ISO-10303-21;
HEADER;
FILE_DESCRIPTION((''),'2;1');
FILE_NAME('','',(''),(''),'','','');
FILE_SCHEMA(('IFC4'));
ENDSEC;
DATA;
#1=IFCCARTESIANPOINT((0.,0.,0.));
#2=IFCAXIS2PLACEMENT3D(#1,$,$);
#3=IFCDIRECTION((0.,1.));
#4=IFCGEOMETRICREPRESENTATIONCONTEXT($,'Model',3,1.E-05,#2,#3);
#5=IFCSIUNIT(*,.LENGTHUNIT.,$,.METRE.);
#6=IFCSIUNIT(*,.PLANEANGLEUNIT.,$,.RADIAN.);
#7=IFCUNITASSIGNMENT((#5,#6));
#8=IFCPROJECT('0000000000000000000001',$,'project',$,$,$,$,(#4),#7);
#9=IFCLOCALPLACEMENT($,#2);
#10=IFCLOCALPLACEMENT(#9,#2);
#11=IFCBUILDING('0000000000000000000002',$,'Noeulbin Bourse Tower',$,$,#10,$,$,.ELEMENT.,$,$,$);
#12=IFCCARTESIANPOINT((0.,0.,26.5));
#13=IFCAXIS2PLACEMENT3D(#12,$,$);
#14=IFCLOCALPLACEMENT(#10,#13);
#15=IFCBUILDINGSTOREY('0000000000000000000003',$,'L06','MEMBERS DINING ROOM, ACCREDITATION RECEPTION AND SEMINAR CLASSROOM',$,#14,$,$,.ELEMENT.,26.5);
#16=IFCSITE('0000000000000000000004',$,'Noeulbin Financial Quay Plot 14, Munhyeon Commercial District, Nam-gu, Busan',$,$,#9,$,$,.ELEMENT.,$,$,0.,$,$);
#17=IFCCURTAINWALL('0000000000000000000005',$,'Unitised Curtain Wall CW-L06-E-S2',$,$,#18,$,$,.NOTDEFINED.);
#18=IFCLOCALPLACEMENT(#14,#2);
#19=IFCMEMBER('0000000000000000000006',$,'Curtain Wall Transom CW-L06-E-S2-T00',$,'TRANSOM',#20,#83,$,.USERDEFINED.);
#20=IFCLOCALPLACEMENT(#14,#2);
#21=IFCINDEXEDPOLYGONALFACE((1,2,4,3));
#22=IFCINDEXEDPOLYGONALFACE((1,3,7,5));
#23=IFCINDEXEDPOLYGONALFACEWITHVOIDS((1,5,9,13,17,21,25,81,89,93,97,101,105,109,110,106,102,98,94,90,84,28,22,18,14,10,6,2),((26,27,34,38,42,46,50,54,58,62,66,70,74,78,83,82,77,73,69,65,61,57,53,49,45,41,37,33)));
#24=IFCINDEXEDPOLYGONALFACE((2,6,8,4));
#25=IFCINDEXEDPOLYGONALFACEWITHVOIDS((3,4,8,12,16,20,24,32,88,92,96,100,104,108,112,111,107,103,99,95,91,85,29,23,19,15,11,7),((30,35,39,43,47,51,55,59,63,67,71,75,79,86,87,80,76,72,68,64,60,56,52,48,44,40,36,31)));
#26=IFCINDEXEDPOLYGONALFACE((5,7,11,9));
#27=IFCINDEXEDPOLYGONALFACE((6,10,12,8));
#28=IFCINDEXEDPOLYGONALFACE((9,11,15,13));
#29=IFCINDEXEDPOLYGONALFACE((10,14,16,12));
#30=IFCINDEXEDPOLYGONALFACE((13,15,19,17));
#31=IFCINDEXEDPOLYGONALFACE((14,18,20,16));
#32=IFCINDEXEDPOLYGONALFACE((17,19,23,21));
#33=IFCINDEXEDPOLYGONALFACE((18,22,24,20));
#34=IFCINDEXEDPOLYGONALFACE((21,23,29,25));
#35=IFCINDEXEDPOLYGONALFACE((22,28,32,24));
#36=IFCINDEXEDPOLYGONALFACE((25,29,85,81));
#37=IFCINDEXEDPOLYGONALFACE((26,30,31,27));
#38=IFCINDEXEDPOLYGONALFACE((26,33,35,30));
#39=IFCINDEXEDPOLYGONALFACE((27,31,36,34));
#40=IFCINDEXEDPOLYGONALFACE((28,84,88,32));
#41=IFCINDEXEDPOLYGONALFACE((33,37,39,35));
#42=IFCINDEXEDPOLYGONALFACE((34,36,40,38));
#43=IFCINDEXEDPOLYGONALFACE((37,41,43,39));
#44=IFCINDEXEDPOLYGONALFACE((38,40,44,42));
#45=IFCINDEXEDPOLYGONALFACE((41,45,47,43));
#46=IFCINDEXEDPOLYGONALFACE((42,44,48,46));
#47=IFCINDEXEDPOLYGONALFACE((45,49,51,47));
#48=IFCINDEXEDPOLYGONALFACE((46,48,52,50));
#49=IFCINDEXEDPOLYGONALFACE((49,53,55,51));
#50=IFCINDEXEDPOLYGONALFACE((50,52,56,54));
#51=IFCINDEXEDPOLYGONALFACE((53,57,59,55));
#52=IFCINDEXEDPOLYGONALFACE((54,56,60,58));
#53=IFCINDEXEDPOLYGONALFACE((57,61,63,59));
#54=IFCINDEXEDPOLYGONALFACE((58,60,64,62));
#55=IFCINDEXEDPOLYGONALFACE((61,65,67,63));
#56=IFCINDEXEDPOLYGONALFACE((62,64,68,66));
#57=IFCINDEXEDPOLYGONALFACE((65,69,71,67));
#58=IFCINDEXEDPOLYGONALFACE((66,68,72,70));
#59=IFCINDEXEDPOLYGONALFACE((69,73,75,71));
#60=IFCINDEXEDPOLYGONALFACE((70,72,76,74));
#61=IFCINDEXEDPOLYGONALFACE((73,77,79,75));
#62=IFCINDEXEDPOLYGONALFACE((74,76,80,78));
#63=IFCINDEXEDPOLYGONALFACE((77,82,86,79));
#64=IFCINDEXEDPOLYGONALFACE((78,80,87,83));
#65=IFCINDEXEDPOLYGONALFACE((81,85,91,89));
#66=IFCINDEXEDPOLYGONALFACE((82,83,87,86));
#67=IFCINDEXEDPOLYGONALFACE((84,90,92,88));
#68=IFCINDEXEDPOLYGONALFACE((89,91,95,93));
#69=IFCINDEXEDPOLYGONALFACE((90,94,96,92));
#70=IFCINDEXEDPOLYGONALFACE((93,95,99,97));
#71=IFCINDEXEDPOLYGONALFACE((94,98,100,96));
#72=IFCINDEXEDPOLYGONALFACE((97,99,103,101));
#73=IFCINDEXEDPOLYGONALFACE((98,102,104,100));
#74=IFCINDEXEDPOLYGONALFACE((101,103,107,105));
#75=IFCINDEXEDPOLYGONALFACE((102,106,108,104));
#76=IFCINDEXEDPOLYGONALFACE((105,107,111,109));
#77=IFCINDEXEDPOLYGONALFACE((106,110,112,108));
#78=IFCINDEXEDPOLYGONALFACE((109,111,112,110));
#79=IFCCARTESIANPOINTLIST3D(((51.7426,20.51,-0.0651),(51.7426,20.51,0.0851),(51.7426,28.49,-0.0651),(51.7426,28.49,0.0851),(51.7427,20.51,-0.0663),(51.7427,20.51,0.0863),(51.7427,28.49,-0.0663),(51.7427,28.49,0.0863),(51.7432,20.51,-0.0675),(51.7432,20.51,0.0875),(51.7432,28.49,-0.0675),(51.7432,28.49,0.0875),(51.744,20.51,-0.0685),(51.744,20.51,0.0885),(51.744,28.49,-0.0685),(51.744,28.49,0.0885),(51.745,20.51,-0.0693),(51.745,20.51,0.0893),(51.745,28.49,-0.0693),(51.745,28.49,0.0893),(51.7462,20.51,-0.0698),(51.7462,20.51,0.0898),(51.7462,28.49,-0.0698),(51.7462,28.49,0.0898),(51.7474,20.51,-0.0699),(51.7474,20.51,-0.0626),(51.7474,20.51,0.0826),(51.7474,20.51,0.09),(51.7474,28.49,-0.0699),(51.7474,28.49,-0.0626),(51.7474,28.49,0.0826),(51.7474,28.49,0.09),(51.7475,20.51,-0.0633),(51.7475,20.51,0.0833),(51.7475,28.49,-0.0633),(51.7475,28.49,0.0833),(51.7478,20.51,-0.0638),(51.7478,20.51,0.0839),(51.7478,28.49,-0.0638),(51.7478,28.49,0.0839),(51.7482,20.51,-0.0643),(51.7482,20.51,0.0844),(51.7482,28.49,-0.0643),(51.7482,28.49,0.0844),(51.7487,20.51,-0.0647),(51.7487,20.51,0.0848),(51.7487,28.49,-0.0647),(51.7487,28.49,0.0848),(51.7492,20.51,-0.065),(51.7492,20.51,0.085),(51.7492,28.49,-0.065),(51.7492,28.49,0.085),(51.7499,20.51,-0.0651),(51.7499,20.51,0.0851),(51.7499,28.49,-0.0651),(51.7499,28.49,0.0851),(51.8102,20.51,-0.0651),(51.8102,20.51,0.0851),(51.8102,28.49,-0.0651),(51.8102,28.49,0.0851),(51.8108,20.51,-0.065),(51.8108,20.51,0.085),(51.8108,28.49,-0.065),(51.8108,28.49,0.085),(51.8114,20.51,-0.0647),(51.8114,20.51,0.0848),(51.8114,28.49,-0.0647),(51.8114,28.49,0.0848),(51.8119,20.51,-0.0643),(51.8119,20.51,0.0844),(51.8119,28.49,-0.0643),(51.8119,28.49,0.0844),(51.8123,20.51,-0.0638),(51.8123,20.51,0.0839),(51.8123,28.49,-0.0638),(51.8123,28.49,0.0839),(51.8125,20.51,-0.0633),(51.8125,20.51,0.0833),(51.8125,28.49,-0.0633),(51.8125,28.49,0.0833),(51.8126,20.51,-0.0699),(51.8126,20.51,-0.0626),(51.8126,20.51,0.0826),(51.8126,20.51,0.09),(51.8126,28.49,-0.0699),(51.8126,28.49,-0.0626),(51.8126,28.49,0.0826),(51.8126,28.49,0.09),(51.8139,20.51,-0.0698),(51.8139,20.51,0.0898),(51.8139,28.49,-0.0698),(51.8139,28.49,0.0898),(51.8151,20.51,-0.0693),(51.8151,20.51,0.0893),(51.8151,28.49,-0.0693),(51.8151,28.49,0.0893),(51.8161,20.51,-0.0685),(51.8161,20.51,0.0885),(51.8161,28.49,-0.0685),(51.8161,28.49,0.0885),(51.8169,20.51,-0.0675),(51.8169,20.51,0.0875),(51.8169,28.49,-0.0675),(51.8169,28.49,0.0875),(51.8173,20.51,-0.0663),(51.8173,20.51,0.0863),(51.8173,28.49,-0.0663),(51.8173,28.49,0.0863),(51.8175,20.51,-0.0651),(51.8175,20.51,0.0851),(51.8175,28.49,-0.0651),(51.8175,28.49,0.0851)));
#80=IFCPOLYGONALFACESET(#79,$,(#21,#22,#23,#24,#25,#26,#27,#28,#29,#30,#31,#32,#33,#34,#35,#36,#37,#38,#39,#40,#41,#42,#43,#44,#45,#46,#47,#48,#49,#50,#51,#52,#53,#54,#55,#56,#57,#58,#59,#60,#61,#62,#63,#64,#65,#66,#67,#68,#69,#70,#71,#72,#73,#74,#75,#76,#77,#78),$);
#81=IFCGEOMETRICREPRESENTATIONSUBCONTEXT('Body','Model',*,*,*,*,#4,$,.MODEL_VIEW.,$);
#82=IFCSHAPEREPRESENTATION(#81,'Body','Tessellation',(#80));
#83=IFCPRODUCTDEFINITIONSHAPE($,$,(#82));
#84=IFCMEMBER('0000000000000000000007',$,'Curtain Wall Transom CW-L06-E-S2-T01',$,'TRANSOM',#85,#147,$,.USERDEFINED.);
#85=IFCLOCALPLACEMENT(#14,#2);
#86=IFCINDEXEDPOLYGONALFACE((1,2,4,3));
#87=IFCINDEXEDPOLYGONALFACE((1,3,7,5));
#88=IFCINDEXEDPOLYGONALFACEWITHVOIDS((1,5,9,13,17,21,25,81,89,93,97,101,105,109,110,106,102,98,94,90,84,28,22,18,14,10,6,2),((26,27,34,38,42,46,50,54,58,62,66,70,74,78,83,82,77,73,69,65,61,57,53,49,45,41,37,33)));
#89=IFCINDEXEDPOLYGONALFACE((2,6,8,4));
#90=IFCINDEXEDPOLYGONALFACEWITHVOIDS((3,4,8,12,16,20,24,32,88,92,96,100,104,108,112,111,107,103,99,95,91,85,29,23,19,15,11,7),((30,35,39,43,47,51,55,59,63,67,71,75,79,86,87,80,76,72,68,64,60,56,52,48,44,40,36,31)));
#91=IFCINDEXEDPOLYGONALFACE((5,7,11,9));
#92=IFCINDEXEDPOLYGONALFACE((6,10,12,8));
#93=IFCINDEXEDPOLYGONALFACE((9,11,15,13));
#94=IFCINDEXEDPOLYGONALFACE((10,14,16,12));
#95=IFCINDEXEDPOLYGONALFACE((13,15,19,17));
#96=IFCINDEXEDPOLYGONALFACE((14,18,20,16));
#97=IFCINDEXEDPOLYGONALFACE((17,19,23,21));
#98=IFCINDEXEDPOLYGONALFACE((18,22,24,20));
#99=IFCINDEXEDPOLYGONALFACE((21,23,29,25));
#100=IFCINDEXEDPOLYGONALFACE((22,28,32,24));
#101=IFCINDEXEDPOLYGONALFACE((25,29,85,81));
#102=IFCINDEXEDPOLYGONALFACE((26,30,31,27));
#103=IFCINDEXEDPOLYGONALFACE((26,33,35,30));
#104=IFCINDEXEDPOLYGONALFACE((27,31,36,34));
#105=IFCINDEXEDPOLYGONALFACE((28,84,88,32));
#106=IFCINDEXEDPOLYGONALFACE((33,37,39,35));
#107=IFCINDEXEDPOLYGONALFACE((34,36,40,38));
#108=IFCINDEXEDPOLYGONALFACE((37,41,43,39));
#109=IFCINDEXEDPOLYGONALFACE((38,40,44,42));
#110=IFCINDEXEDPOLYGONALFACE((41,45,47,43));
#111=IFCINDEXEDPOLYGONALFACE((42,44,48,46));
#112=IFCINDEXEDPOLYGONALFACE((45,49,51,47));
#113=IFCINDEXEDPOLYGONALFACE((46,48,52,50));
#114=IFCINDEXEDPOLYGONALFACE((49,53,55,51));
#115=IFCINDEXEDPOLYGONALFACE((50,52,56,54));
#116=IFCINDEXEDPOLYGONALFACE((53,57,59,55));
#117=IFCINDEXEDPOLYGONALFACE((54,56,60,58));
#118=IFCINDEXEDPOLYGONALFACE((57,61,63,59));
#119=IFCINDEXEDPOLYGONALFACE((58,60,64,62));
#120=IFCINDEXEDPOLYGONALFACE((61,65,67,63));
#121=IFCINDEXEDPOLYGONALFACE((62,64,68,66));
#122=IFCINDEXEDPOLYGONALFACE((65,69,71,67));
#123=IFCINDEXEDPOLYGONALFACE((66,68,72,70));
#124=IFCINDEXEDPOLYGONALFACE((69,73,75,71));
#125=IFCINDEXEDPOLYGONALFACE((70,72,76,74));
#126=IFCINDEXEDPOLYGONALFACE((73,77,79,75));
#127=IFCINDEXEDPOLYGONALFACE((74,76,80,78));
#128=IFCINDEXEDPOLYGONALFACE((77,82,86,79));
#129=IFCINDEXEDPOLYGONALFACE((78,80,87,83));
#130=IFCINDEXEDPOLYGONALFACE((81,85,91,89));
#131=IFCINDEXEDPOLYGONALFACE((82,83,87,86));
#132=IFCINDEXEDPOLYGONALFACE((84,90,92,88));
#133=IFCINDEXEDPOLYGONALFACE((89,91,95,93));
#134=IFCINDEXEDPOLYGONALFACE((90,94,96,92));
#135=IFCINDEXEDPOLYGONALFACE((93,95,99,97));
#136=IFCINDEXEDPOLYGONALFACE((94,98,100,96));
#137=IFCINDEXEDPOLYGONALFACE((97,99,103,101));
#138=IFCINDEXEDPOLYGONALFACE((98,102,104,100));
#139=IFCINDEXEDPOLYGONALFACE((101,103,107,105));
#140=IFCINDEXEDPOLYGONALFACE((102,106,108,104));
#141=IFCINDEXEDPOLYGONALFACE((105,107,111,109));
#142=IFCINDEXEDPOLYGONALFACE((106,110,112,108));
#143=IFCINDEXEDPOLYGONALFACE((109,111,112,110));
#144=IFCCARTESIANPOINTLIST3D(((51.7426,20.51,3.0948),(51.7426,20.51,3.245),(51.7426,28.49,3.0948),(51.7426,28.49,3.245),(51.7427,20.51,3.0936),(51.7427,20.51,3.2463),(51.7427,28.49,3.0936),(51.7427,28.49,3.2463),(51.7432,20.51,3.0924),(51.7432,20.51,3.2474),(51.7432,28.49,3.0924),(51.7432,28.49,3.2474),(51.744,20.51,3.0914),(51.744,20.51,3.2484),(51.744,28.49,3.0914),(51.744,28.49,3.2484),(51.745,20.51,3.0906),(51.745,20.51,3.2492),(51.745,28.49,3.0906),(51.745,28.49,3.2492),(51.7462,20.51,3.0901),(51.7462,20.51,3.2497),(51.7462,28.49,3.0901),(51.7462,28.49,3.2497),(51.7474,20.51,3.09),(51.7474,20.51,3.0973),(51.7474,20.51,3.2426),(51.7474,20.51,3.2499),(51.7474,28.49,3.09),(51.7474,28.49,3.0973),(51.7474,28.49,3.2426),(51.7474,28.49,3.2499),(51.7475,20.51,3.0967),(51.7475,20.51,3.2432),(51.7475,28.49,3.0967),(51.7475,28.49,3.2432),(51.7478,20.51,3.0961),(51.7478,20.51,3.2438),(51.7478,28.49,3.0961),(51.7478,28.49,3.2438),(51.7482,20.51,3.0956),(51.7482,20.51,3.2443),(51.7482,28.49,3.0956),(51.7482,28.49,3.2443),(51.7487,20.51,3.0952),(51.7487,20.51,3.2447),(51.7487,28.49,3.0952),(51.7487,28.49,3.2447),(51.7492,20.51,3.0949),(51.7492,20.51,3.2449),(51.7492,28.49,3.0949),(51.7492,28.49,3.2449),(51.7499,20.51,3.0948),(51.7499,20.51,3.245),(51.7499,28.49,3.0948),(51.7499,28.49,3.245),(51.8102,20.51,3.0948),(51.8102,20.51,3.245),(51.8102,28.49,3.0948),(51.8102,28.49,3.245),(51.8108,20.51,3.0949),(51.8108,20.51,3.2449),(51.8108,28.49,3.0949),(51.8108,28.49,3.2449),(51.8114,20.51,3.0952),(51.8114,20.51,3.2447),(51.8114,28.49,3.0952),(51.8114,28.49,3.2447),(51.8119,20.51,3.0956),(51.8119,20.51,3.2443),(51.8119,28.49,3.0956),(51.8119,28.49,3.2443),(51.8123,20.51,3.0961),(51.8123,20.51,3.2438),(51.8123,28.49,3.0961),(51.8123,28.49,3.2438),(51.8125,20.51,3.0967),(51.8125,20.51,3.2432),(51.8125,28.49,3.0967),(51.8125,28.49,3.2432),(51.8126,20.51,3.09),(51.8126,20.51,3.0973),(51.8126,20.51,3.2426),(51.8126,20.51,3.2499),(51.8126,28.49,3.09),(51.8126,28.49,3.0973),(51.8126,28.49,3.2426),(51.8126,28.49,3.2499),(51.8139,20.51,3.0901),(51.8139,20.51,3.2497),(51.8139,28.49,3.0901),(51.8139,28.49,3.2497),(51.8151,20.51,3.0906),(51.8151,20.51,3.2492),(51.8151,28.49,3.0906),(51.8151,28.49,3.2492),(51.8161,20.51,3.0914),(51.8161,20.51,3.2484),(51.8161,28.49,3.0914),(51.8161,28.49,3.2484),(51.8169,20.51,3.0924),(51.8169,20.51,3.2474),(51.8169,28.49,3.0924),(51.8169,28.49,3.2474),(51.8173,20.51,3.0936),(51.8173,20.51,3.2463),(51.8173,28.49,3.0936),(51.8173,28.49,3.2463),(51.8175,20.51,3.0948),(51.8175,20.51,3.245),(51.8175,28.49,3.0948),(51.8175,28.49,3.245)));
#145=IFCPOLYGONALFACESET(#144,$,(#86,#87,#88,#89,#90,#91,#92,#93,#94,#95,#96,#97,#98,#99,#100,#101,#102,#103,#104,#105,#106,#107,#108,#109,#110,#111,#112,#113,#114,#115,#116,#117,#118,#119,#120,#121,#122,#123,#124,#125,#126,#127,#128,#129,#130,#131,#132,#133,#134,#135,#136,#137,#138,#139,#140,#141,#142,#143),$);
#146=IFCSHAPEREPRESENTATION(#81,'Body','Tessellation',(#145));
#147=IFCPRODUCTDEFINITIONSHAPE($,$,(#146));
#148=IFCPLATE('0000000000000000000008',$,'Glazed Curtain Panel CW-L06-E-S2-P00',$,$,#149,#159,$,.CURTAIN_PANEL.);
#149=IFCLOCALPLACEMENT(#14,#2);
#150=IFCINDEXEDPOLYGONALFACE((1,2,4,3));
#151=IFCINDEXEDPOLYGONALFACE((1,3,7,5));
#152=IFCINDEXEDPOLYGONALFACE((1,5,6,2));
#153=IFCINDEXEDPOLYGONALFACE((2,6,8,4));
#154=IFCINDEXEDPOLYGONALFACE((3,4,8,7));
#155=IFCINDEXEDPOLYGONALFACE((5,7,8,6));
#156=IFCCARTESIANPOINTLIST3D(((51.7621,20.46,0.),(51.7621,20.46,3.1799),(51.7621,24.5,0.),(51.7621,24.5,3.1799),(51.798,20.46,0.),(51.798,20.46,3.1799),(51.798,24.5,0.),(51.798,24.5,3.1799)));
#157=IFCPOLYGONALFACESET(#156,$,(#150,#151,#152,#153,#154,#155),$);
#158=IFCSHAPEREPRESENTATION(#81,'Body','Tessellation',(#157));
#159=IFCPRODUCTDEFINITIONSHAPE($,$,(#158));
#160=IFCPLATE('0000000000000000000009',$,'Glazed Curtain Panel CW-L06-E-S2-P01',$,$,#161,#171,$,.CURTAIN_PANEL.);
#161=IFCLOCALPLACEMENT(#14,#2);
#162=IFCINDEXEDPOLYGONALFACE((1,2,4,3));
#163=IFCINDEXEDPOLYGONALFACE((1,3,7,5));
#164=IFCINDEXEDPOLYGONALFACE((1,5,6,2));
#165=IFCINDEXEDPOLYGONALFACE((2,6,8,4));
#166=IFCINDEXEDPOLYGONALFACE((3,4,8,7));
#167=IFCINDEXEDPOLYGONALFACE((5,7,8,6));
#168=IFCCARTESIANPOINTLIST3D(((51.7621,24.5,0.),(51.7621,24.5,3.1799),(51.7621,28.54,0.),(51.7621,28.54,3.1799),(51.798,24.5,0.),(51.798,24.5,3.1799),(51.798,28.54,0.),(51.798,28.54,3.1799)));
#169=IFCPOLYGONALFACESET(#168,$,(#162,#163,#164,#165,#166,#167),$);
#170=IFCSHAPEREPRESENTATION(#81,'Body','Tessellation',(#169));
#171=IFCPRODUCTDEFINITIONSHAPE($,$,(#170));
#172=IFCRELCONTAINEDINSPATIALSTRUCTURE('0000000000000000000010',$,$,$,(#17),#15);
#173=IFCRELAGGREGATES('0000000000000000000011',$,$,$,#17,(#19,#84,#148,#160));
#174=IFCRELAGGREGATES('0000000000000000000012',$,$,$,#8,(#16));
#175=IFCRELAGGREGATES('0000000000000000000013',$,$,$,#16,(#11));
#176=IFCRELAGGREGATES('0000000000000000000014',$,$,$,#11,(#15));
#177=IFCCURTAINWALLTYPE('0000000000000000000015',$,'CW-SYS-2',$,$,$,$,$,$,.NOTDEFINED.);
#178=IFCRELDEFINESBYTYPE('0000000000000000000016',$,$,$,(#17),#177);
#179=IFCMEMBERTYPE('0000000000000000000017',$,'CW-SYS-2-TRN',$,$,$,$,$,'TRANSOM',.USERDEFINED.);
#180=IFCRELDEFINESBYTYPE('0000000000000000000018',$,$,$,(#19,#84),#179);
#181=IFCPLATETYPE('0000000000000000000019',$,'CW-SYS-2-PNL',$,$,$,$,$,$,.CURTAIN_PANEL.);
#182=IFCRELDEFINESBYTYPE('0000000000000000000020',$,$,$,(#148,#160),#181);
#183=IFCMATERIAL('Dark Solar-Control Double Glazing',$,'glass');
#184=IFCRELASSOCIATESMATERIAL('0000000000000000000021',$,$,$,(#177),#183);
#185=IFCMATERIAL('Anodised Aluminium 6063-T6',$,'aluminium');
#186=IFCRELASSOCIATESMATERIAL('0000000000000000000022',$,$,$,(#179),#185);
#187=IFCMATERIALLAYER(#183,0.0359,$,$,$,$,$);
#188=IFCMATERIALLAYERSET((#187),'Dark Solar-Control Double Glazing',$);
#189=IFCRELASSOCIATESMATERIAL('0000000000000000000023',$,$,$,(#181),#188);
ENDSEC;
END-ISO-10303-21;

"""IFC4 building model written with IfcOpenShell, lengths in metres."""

from ifc_helpers import new_model, si_unit, direction, frame, origin, origin_2d, place, context, subcontext, project, spatial, rectangle, hollow_rectangle, extrude, material, layer, layer_set, material_profile, profile_set, type_object, element, aggregate, save


model = new_model("IFC4")

# Units and contexts
model_context = context("Model", 3, precision=1e-05, world=origin(), true_north=direction((0.0, 1.0)))
body_context = subcontext(model_context, "Body", "Model", "MODEL_VIEW")
ifc_project = project(units=[si_unit("LENGTHUNIT", "METRE"), si_unit("PLANEANGLEUNIT", "RADIAN")], contexts=[model_context])

# Site, building, storey
site_placement = place(None, origin())
site = spatial("IfcSite", under=ifc_project, at=site_placement, Name="Noeulbin Financial Quay Plot 14, Munhyeon Commercial District, Nam-gu, Busan", CompositionType="ELEMENT", RefElevation=0.0)
building_placement = place(site_placement, origin())
building = spatial("IfcBuilding", under=site, at=building_placement, Name="Noeulbin Bourse Tower", CompositionType="ELEMENT")
storey_placement = place(building_placement, frame((0.0, 0.0, 26.5)))
storey = spatial("IfcBuildingStorey", under=building, at=storey_placement, Name="L06", Description="MEMBERS DINING ROOM, ACCREDITATION RECEPTION AND SEMINAR CLASSROOM", CompositionType="ELEMENT", Elevation=26.5)

# Curtain wall, members, plates
ifc_material_1 = material(Name="Dark Solar-Control Double Glazing", Category="glass")
curtain_wall_type = type_object("IfcCurtainWallType", Name="CW-SYS-2", PredefinedType="NOTDEFINED", material=ifc_material_1)
curtain_wall_placement = place(storey_placement, origin())
curtain_wall = element("IfcCurtainWall", 1, at=curtain_wall_placement, inside=storey, type_object=curtain_wall_type, Name="Unitised Curtain Wall CW-L06-E-S2", PredefinedType="NOTDEFINED")
ifc_material_2 = material(Name="Anodised Aluminium 6063-T6", Category="aluminium")
ifc_material_profile_1 = material_profile(ifc_material_2, hollow_rectangle(XDim=0.075, YDim=0.1599, WallThickness=0.0049, InnerFilletRadius=0.0024, OuterFilletRadius=0.0049, at=origin_2d()), Name="ALU-TRAN-75x160x5", Category="LoadBearing")
ifc_profile_set_1 = profile_set([ifc_material_profile_1], Name="Anodised Aluminium 6063-T6")
member_type_1 = type_object("IfcMemberType", Name="CW-SYS-2-TRN", ElementType="TRANSOM", PredefinedType="USERDEFINED", material=ifc_profile_set_1)
member_1_placement = place(storey_placement, frame((51.78, 20.51, 0.01), z_axis=(0.0, 1.0, 0.0), x_axis=(-1.0, 0.0, 0.0)))
member_1 = element("IfcMember", 2, at=member_1_placement, type_object=member_type_1, Name="Curtain Wall Transom CW-L06-E-S2-T00", ObjectType="TRANSOM", PredefinedType="USERDEFINED", context=body_context, shape_type="SweptSolid", body=[
    extrude(hollow_rectangle(XDim=0.075, YDim=0.1599, WallThickness=0.0049, InnerFilletRadius=0.0024, OuterFilletRadius=0.0049, at=origin_2d()), origin(), (0.0, 0.0, 1.0), 7.98),
])
member_2_placement = place(storey_placement, frame((51.78, 20.51, 3.1699), z_axis=(0.0, 1.0, 0.0), x_axis=(-1.0, 0.0, 0.0)))
member_2 = element("IfcMember", 3, at=member_2_placement, type_object=member_type_1, Name="Curtain Wall Transom CW-L06-E-S2-T01", ObjectType="TRANSOM", PredefinedType="USERDEFINED", context=body_context, shape_type="SweptSolid", body=[
    extrude(hollow_rectangle(XDim=0.075, YDim=0.1599, WallThickness=0.0049, InnerFilletRadius=0.0024, OuterFilletRadius=0.0049, at=origin_2d()), origin(), (0.0, 0.0, 1.0), 7.98),
])
ifc_layer = layer(ifc_material_1, 0.0359)
ifc_layer_set = layer_set([ifc_layer], Name="Dark Solar-Control Double Glazing")
plate_type = type_object("IfcPlateType", Name="CW-SYS-2-PNL", PredefinedType="CURTAIN_PANEL", material=ifc_layer_set)
plate_1_placement = place(storey_placement, frame((51.78, 22.48, 0.0), z_axis=(0.0, 0.0, 1.0), x_axis=(0.0, 1.0, 0.0)))
plate_1 = element("IfcPlate", 4, at=plate_1_placement, type_object=plate_type, Name="Glazed Curtain Panel CW-L06-E-S2-P00", PredefinedType="CURTAIN_PANEL", context=body_context, shape_type="SweptSolid", body=[
    extrude(rectangle(XDim=4.04, YDim=0.0359, at=origin_2d()), origin(), (0.0, 0.0, 1.0), 3.1799),
])
plate_2_placement = place(storey_placement, frame((51.78, 26.52, 0.0), z_axis=(0.0, 0.0, 1.0), x_axis=(0.0, 1.0, 0.0)))
plate_2 = element("IfcPlate", 5, at=plate_2_placement, type_object=plate_type, Name="Glazed Curtain Panel CW-L06-E-S2-P01", PredefinedType="CURTAIN_PANEL", context=body_context, shape_type="SweptSolid", body=[
    extrude(rectangle(XDim=4.04, YDim=0.0359, at=origin_2d()), origin(), (0.0, 0.0, 1.0), 3.1799),
])
aggregate(curtain_wall, [member_1, member_2, plate_1, plate_2])

save(model, "model.ifc")
